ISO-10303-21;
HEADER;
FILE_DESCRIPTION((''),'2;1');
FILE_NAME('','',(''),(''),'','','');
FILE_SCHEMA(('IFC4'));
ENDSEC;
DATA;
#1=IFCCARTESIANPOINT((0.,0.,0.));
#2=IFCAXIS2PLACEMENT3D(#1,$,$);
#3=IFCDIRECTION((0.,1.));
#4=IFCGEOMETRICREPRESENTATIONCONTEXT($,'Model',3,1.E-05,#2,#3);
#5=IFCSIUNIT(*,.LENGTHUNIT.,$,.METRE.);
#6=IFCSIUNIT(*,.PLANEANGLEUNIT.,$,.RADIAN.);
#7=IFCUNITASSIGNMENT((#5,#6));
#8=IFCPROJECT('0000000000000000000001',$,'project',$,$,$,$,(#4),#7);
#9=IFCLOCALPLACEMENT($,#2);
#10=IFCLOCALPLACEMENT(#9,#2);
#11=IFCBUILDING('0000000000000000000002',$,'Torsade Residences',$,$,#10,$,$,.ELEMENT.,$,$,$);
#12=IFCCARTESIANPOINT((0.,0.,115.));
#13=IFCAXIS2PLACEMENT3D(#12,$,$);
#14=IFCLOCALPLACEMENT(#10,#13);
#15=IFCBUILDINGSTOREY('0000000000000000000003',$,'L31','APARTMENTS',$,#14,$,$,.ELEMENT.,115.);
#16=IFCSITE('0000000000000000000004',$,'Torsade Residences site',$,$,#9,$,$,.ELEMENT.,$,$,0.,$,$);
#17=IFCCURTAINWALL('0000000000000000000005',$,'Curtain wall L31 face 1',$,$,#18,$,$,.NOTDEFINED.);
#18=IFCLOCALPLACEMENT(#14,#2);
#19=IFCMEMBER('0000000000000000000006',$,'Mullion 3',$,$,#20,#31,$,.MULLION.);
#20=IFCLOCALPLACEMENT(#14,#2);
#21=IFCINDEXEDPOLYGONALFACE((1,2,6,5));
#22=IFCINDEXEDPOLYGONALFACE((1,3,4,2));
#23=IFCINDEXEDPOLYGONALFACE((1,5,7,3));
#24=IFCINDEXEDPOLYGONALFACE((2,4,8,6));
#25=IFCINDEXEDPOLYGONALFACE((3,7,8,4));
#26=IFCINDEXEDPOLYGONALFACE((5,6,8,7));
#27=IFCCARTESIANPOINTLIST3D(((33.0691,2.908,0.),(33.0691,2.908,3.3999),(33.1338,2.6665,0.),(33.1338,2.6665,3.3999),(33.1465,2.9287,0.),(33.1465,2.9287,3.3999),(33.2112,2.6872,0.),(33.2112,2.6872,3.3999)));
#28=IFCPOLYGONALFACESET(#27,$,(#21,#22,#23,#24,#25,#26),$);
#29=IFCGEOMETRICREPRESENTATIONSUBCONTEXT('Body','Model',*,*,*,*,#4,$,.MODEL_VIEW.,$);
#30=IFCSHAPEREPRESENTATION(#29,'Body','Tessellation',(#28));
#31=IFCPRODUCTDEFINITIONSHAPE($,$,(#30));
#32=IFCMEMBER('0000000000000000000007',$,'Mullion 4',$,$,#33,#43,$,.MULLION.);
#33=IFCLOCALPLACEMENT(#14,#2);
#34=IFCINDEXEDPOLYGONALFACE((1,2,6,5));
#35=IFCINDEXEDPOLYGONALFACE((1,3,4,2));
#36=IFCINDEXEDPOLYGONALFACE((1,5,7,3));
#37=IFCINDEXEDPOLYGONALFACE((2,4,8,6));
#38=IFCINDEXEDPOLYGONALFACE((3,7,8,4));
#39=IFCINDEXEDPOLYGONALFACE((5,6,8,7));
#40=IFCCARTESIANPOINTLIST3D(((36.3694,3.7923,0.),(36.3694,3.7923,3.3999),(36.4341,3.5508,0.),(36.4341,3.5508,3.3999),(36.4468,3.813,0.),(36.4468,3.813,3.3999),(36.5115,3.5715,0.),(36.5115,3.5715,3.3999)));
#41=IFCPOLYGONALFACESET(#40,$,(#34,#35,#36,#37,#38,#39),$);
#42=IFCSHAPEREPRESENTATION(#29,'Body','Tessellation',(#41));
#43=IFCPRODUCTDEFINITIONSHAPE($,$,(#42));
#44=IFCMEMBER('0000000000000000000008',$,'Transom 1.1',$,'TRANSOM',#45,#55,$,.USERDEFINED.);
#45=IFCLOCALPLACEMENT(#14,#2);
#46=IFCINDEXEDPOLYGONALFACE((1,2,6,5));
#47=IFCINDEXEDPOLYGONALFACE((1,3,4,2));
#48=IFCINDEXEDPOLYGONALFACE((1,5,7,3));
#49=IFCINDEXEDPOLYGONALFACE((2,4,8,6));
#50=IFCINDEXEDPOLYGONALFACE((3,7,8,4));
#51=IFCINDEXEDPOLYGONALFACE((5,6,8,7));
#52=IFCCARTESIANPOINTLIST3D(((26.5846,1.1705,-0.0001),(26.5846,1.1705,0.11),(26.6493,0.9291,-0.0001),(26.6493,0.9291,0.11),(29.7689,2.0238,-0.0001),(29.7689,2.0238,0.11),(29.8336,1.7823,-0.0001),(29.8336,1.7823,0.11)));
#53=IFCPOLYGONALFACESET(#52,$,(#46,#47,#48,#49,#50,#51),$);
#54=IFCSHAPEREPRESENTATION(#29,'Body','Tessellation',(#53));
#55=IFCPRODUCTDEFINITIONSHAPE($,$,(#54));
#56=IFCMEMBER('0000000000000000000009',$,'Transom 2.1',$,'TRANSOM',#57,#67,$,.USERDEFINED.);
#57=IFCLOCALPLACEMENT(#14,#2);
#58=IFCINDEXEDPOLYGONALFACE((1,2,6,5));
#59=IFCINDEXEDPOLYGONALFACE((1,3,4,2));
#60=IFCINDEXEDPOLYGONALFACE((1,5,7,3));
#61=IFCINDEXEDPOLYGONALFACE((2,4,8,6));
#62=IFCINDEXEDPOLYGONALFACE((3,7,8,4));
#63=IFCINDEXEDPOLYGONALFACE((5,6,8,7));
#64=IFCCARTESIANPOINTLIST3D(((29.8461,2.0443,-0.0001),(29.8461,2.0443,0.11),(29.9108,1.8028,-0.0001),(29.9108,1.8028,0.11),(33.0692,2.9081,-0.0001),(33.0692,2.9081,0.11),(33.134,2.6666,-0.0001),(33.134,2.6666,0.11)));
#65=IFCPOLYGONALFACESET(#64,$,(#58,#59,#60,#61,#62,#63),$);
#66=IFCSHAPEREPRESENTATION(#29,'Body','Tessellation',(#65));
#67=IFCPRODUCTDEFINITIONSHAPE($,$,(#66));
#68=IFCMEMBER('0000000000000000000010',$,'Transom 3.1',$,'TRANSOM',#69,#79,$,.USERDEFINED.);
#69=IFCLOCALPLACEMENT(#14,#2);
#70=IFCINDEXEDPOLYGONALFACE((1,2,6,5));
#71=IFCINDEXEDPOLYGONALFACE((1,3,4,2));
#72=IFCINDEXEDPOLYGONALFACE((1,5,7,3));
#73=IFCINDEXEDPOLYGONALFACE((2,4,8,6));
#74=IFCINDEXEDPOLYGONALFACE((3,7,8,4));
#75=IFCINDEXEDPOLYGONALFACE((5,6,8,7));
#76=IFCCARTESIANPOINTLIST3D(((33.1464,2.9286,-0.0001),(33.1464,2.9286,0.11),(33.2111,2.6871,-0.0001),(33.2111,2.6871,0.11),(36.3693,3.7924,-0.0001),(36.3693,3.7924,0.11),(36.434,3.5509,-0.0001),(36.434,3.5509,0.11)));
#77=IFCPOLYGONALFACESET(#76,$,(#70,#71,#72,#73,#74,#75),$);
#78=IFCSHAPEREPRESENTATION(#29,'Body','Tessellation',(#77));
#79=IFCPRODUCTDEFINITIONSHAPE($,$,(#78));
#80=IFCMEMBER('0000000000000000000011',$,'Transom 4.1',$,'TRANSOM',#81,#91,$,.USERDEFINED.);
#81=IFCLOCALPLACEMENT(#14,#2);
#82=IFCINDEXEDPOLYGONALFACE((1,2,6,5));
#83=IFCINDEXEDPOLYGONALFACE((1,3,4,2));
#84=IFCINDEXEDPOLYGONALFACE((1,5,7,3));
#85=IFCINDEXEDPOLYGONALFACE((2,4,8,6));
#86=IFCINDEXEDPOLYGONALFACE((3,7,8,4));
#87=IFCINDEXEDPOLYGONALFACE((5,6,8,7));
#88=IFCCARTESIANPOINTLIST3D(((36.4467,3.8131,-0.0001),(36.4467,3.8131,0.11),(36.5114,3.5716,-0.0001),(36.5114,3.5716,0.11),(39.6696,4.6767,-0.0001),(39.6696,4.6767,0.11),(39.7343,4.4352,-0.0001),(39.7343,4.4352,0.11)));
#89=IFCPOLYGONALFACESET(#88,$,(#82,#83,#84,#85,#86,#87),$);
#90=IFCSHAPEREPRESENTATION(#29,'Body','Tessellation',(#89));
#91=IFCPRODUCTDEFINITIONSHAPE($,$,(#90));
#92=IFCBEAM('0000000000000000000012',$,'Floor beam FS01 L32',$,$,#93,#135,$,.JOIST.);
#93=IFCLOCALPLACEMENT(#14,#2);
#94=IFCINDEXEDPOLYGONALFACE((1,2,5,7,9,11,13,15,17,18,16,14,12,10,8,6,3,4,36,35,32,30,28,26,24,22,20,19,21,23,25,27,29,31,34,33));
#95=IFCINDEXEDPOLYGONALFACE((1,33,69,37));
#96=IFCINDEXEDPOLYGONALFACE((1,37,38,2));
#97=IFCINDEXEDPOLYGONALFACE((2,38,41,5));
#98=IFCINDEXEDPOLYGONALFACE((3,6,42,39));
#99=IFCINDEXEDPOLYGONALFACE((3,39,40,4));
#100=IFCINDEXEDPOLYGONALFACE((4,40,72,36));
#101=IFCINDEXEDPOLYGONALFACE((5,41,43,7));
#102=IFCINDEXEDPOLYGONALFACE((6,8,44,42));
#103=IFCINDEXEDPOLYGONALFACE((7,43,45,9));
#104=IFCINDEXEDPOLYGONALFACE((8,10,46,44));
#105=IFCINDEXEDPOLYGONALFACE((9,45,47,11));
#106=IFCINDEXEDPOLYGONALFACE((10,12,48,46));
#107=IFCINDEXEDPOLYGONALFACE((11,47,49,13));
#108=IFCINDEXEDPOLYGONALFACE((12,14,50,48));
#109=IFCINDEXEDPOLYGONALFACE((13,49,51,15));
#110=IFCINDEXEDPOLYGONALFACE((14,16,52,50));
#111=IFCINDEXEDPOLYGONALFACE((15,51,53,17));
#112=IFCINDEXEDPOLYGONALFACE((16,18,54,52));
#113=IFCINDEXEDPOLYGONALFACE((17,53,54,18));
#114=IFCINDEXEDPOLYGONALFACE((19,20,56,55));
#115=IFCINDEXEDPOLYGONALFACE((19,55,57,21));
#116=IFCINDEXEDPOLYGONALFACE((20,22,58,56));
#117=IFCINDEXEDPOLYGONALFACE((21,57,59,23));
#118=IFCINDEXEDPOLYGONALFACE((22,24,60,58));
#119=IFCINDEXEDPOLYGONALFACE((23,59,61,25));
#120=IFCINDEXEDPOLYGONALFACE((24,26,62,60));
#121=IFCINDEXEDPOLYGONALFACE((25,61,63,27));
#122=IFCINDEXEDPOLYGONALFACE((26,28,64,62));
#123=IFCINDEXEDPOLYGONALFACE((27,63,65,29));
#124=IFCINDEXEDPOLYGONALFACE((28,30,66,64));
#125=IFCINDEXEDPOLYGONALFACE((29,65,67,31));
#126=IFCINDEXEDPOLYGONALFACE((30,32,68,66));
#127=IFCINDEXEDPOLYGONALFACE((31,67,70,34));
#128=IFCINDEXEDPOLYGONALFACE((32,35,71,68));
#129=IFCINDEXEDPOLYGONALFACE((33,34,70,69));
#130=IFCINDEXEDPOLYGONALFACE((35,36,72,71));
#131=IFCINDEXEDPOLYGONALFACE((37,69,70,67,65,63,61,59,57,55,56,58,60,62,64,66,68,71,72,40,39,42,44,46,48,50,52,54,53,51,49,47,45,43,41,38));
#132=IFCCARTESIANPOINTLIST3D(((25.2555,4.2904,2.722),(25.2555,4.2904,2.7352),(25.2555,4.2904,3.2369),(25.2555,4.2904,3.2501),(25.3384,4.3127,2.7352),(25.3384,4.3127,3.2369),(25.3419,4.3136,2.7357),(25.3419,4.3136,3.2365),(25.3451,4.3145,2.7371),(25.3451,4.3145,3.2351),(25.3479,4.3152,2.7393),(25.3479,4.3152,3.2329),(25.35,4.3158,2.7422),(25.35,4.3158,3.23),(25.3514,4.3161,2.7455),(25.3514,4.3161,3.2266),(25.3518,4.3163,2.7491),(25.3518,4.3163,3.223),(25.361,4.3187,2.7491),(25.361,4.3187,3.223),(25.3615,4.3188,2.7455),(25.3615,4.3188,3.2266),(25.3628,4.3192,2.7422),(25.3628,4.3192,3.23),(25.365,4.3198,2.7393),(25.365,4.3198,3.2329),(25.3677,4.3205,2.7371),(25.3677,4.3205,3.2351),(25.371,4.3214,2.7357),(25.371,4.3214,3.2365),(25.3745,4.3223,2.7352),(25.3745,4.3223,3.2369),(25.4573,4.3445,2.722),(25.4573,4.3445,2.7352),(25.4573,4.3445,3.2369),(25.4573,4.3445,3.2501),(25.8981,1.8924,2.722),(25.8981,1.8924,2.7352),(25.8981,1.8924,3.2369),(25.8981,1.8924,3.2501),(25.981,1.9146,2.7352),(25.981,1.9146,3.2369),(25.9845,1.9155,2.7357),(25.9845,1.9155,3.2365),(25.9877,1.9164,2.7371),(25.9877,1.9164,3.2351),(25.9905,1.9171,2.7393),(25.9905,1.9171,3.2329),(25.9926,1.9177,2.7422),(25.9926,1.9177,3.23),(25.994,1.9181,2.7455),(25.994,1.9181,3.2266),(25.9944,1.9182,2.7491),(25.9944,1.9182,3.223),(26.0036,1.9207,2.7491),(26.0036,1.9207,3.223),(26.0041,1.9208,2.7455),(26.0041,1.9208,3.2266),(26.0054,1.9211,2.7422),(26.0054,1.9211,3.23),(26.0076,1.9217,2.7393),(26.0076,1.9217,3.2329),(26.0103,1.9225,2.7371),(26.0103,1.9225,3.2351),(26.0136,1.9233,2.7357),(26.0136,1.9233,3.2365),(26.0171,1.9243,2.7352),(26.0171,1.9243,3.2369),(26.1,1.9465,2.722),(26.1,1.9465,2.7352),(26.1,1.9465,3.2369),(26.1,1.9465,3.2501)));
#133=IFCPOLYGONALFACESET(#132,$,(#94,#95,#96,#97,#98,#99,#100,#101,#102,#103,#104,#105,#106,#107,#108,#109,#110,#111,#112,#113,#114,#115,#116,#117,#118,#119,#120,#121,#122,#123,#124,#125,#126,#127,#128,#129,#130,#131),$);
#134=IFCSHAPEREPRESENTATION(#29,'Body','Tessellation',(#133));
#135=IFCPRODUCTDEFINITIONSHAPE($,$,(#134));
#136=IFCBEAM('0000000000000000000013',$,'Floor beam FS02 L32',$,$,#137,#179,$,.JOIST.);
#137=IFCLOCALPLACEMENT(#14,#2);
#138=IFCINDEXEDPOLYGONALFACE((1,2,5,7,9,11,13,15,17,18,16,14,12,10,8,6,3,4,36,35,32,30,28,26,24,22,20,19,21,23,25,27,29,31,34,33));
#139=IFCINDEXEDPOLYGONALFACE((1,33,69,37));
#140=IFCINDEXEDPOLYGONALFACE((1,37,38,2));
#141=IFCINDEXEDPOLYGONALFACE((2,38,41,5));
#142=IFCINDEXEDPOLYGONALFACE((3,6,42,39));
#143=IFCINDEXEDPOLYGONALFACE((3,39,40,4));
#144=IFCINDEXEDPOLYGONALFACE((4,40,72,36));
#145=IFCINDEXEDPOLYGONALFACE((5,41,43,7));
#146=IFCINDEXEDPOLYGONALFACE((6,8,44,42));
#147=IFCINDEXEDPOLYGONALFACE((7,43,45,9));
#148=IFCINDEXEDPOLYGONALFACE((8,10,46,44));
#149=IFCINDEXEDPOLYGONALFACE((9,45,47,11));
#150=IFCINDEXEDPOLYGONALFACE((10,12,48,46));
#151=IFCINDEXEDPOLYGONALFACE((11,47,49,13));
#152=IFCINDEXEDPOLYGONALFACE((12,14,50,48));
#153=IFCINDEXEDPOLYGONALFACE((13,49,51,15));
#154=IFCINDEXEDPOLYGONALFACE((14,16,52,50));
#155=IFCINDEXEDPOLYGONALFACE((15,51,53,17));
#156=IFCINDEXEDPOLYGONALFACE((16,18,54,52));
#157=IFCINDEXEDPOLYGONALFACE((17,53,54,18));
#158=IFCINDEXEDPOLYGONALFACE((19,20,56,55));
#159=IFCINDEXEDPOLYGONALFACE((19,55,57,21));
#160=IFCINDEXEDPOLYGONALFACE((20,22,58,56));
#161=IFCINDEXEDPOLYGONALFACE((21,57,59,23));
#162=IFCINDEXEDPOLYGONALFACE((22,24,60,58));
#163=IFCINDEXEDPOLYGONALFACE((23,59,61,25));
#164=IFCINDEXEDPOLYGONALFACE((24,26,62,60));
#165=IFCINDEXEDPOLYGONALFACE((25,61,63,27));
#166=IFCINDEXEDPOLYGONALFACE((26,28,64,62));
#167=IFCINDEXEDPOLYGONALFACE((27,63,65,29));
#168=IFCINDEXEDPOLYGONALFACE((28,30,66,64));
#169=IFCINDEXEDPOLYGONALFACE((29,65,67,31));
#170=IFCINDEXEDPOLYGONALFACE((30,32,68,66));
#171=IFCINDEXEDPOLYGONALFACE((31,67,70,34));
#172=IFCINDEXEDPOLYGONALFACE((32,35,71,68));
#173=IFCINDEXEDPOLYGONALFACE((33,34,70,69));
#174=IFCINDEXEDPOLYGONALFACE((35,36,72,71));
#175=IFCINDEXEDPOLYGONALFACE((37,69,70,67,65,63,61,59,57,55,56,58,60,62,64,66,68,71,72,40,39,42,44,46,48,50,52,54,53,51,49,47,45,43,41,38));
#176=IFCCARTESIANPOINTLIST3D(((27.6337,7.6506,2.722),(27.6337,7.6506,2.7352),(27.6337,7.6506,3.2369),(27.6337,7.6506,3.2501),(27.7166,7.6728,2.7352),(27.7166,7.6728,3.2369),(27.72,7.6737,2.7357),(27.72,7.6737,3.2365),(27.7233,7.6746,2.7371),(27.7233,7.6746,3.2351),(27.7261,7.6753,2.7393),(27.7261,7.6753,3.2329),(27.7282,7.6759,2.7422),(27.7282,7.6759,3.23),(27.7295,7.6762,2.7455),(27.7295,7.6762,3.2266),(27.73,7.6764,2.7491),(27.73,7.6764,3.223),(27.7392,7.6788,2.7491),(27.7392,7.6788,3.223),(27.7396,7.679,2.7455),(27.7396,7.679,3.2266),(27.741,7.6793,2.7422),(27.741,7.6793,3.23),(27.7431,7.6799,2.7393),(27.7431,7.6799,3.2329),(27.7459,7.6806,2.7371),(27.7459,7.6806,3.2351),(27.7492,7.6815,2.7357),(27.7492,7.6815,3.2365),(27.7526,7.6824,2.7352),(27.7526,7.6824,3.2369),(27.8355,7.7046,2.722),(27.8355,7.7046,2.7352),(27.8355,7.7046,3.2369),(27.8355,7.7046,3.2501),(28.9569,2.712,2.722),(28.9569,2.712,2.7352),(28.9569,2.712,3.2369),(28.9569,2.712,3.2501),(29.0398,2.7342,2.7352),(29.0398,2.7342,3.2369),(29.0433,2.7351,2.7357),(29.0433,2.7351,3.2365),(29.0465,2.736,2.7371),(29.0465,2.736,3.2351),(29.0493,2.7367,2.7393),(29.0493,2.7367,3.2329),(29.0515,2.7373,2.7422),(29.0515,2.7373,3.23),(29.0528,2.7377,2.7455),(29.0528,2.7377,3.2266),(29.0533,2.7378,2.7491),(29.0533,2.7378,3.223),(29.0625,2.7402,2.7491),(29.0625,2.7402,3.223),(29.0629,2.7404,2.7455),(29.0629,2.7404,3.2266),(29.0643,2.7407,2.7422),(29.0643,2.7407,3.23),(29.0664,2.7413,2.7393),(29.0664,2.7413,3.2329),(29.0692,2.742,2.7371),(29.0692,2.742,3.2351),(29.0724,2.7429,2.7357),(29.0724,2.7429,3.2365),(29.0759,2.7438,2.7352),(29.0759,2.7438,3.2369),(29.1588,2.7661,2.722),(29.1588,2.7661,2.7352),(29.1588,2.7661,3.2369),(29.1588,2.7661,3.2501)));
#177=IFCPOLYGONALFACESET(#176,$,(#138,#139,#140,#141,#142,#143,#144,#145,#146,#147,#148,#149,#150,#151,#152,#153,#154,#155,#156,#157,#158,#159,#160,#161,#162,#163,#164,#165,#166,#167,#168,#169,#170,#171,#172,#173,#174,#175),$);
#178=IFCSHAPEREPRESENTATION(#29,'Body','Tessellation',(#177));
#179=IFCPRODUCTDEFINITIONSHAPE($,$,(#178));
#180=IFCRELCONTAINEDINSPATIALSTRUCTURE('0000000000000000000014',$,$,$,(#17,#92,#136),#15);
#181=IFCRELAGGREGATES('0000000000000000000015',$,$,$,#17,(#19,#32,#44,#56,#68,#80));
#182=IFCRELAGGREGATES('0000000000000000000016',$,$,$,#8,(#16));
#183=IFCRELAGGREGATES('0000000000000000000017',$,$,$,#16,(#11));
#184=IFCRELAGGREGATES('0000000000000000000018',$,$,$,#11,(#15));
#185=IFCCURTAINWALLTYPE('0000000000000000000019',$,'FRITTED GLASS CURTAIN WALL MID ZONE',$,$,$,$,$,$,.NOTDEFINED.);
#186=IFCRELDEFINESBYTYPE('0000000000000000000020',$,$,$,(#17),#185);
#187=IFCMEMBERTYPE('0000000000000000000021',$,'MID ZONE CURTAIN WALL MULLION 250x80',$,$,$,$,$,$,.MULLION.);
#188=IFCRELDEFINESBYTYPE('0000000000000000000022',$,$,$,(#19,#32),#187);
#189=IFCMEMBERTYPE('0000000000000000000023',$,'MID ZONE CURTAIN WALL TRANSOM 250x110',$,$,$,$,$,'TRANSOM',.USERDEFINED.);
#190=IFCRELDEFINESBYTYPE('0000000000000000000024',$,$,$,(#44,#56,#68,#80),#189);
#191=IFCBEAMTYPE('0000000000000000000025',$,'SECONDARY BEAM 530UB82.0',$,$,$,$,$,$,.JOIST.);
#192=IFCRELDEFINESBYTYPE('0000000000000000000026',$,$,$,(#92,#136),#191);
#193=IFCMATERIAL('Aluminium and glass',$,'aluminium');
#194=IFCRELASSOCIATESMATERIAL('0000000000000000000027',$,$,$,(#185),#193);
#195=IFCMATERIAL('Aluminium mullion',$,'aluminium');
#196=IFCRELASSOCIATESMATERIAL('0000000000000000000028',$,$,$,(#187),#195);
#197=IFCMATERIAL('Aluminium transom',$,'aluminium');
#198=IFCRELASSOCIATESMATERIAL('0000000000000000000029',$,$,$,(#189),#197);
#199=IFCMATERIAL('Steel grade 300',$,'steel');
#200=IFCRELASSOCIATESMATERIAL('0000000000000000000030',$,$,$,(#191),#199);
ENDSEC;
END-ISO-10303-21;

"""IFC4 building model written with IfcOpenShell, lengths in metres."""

from ifc_helpers import new_model, si_unit, direction, frame, origin, origin_2d, place, context, subcontext, project, spatial, rectangle, i_section, extrude, material, material_profile, profile_set, type_object, element, aggregate, save


model = new_model("IFC4")

# Units and contexts
model_context = context("Model", 3, precision=1e-05, world=origin(), true_north=direction((0.0, 1.0)))
body_context = subcontext(model_context, "Body", "Model", "MODEL_VIEW")
ifc_project = project(units=[si_unit("LENGTHUNIT", "METRE"), si_unit("PLANEANGLEUNIT", "RADIAN")], contexts=[model_context])

# Site, building, storey
site_placement = place(None, origin())
site = spatial("IfcSite", under=ifc_project, at=site_placement, Name="Torsade Residences site", CompositionType="ELEMENT", RefElevation=0.0)
building_placement = place(site_placement, origin())
building = spatial("IfcBuilding", under=site, at=building_placement, Name="Torsade Residences", CompositionType="ELEMENT")
storey_placement = place(building_placement, frame((0.0, 0.0, 115.0)))
storey = spatial("IfcBuildingStorey", under=building, at=storey_placement, Name="L31", Description="APARTMENTS", CompositionType="ELEMENT", Elevation=115.0)

# Curtain wall, members
ifc_material_1 = material(Name="Aluminium and glass", Category="aluminium")
curtain_wall_type = type_object("IfcCurtainWallType", Name="FRITTED GLASS CURTAIN WALL MID ZONE", PredefinedType="NOTDEFINED", material=ifc_material_1)
curtain_wall_placement = place(storey_placement, origin())
curtain_wall = element("IfcCurtainWall", 1, at=curtain_wall_placement, inside=storey, type_object=curtain_wall_type, Name="Curtain wall L31 face 1", PredefinedType="NOTDEFINED")
ifc_material_2 = material(Name="Aluminium mullion", Category="aluminium")
ifc_material_profile_1 = material_profile(ifc_material_2, rectangle(XDim=0.25, YDim=0.0801, at=origin_2d()), Name="MID ZONE CURTAIN WALL MULLION 250x80")
ifc_profile_set_1 = profile_set([ifc_material_profile_1], Name="Aluminium mullion")
member_type_1 = type_object("IfcMemberType", Name="MID ZONE CURTAIN WALL MULLION 250x80", PredefinedType="MULLION", material=ifc_profile_set_1)
member_1_placement = place(storey_placement, frame((33.1401, 2.7976, 0.0), z_axis=(0.0, 0.0, 1.0), x_axis=(-0.258819, 0.965926, 0.0)))
member_1 = element("IfcMember", 2, at=member_1_placement, type_object=member_type_1, Name="Mullion 3", PredefinedType="MULLION", context=body_context, shape_type="SweptSolid", body=[
    extrude(rectangle(XDim=0.25, YDim=0.0801, at=origin_2d()), origin(), (0.0, 0.0, 1.0), 3.3999),
])
member_2_placement = place(storey_placement, frame((36.4404, 3.6819, 0.0), z_axis=(0.0, 0.0, 1.0), x_axis=(-0.258819, 0.965926, 0.0)))
member_2 = element("IfcMember", 3, at=member_2_placement, type_object=member_type_1, Name="Mullion 4", PredefinedType="MULLION", context=body_context, shape_type="SweptSolid", body=[
    extrude(rectangle(XDim=0.25, YDim=0.0801, at=origin_2d()), origin(), (0.0, 0.0, 1.0), 3.3999),
])
ifc_material_3 = material(Name="Aluminium transom", Category="aluminium")
ifc_material_profile_2 = material_profile(ifc_material_3, rectangle(XDim=0.25, YDim=0.1101, at=origin_2d()), Name="MID ZONE CURTAIN WALL TRANSOM 250x110")
ifc_profile_set_2 = profile_set([ifc_material_profile_2], Name="Aluminium transom")
member_type_2 = type_object("IfcMemberType", Name="MID ZONE CURTAIN WALL TRANSOM 250x110", ElementType="TRANSOM", PredefinedType="USERDEFINED", material=ifc_profile_set_2)
member_3_placement = place(storey_placement, frame((26.6169, 1.0498, 0.0549), z_axis=(0.965923, 0.258829, 0.0), x_axis=(-0.258829, 0.965923, 0.0)))
member_3 = element("IfcMember", 4, at=member_3_placement, type_object=member_type_2, Name="Transom 1.1", ObjectType="TRANSOM", PredefinedType="USERDEFINED", context=body_context, shape_type="SweptSolid", body=[
    extrude(rectangle(XDim=0.25, YDim=0.1101, at=origin_2d()), origin(), (0.0, 0.0, 1.0), 3.2966),
])
member_4_placement = place(storey_placement, frame((29.8784, 1.9236, 0.0549), z_axis=(0.965916, 0.258856, 0.0), x_axis=(-0.258856, 0.965916, 0.0)))
member_4 = element("IfcMember", 5, at=member_4_placement, type_object=member_type_2, Name="Transom 2.1", ObjectType="TRANSOM", PredefinedType="USERDEFINED", context=body_context, shape_type="SweptSolid", body=[
    extrude(rectangle(XDim=0.25, YDim=0.1101, at=origin_2d()), origin(), (0.0, 0.0, 1.0), 3.3369),
])
member_5_placement = place(storey_placement, frame((33.1787, 2.8079, 0.0549), z_axis=(0.965911, 0.258874, 0.0), x_axis=(-0.258874, 0.965911, 0.0)))
member_5 = element("IfcMember", 6, at=member_5_placement, type_object=member_type_2, Name="Transom 3.1", ObjectType="TRANSOM", PredefinedType="USERDEFINED", context=body_context, shape_type="SweptSolid", body=[
    extrude(rectangle(XDim=0.25, YDim=0.1101, at=origin_2d()), origin(), (0.0, 0.0, 1.0), 3.3367),
])
member_6_placement = place(storey_placement, frame((36.479, 3.6924, 0.0549), z_axis=(0.965929, 0.258806, 0.0), x_axis=(-0.258806, 0.965929, 0.0)))
member_6 = element("IfcMember", 7, at=member_6_placement, type_object=member_type_2, Name="Transom 4.1", ObjectType="TRANSOM", PredefinedType="USERDEFINED", context=body_context, shape_type="SweptSolid", body=[
    extrude(rectangle(XDim=0.25, YDim=0.1101, at=origin_2d()), origin(), (0.0, 0.0, 1.0), 3.3367),
])

# Beams
ifc_material_4 = material(Name="Steel grade 300", Category="steel")
ifc_material_profile_3 = material_profile(ifc_material_4, i_section(OverallWidth=0.209, OverallDepth=0.5281, WebThickness=0.0095, FlangeThickness=0.0132, FilletRadius=0.0139, at=origin_2d()), Name="530UB82.0")
ifc_profile_set_3 = profile_set([ifc_material_profile_3], Name="Steel grade 300")
beam_type_1 = type_object("IfcBeamType", Name="SECONDARY BEAM 530UB82.0", PredefinedType="JOIST", material=ifc_profile_set_3)
beam_1_placement = place(storey_placement, frame((25.999, 1.9194, 2.9861), z_axis=(-0.258838, 0.965921, 0.0), x_axis=(-0.965921, -0.258838, 0.0)))
element("IfcBeam", 8, at=beam_1_placement, inside=storey, type_object=beam_type_1, Name="Floor beam FS01 L32", PredefinedType="JOIST", context=body_context, shape_type="SweptSolid", body=[
    extrude(i_section(OverallWidth=0.209, OverallDepth=0.5281, WebThickness=0.0095, FlangeThickness=0.0132, FilletRadius=0.0139, at=origin_2d()), origin(), (0.0, 0.0, 1.0), 2.4827),
])
beam_2_placement = place(storey_placement, frame((29.0579, 2.739, 2.9861), z_axis=(-0.258816, 0.965927, 0.0), x_axis=(-0.965927, -0.258816, 0.0)))
element("IfcBeam", 9, at=beam_2_placement, inside=storey, type_object=beam_type_1, Name="Floor beam FS02 L32", PredefinedType="JOIST", context=body_context, shape_type="SweptSolid", body=[
    extrude(i_section(OverallWidth=0.209, OverallDepth=0.5281, WebThickness=0.0095, FlangeThickness=0.0132, FilletRadius=0.0139, at=origin_2d()), origin(), (0.0, 0.0, 1.0), 5.1128),
])

aggregate(curtain_wall, [member_1, member_2, member_3, member_4, member_5, member_6])

save(model, "model.ifc")
